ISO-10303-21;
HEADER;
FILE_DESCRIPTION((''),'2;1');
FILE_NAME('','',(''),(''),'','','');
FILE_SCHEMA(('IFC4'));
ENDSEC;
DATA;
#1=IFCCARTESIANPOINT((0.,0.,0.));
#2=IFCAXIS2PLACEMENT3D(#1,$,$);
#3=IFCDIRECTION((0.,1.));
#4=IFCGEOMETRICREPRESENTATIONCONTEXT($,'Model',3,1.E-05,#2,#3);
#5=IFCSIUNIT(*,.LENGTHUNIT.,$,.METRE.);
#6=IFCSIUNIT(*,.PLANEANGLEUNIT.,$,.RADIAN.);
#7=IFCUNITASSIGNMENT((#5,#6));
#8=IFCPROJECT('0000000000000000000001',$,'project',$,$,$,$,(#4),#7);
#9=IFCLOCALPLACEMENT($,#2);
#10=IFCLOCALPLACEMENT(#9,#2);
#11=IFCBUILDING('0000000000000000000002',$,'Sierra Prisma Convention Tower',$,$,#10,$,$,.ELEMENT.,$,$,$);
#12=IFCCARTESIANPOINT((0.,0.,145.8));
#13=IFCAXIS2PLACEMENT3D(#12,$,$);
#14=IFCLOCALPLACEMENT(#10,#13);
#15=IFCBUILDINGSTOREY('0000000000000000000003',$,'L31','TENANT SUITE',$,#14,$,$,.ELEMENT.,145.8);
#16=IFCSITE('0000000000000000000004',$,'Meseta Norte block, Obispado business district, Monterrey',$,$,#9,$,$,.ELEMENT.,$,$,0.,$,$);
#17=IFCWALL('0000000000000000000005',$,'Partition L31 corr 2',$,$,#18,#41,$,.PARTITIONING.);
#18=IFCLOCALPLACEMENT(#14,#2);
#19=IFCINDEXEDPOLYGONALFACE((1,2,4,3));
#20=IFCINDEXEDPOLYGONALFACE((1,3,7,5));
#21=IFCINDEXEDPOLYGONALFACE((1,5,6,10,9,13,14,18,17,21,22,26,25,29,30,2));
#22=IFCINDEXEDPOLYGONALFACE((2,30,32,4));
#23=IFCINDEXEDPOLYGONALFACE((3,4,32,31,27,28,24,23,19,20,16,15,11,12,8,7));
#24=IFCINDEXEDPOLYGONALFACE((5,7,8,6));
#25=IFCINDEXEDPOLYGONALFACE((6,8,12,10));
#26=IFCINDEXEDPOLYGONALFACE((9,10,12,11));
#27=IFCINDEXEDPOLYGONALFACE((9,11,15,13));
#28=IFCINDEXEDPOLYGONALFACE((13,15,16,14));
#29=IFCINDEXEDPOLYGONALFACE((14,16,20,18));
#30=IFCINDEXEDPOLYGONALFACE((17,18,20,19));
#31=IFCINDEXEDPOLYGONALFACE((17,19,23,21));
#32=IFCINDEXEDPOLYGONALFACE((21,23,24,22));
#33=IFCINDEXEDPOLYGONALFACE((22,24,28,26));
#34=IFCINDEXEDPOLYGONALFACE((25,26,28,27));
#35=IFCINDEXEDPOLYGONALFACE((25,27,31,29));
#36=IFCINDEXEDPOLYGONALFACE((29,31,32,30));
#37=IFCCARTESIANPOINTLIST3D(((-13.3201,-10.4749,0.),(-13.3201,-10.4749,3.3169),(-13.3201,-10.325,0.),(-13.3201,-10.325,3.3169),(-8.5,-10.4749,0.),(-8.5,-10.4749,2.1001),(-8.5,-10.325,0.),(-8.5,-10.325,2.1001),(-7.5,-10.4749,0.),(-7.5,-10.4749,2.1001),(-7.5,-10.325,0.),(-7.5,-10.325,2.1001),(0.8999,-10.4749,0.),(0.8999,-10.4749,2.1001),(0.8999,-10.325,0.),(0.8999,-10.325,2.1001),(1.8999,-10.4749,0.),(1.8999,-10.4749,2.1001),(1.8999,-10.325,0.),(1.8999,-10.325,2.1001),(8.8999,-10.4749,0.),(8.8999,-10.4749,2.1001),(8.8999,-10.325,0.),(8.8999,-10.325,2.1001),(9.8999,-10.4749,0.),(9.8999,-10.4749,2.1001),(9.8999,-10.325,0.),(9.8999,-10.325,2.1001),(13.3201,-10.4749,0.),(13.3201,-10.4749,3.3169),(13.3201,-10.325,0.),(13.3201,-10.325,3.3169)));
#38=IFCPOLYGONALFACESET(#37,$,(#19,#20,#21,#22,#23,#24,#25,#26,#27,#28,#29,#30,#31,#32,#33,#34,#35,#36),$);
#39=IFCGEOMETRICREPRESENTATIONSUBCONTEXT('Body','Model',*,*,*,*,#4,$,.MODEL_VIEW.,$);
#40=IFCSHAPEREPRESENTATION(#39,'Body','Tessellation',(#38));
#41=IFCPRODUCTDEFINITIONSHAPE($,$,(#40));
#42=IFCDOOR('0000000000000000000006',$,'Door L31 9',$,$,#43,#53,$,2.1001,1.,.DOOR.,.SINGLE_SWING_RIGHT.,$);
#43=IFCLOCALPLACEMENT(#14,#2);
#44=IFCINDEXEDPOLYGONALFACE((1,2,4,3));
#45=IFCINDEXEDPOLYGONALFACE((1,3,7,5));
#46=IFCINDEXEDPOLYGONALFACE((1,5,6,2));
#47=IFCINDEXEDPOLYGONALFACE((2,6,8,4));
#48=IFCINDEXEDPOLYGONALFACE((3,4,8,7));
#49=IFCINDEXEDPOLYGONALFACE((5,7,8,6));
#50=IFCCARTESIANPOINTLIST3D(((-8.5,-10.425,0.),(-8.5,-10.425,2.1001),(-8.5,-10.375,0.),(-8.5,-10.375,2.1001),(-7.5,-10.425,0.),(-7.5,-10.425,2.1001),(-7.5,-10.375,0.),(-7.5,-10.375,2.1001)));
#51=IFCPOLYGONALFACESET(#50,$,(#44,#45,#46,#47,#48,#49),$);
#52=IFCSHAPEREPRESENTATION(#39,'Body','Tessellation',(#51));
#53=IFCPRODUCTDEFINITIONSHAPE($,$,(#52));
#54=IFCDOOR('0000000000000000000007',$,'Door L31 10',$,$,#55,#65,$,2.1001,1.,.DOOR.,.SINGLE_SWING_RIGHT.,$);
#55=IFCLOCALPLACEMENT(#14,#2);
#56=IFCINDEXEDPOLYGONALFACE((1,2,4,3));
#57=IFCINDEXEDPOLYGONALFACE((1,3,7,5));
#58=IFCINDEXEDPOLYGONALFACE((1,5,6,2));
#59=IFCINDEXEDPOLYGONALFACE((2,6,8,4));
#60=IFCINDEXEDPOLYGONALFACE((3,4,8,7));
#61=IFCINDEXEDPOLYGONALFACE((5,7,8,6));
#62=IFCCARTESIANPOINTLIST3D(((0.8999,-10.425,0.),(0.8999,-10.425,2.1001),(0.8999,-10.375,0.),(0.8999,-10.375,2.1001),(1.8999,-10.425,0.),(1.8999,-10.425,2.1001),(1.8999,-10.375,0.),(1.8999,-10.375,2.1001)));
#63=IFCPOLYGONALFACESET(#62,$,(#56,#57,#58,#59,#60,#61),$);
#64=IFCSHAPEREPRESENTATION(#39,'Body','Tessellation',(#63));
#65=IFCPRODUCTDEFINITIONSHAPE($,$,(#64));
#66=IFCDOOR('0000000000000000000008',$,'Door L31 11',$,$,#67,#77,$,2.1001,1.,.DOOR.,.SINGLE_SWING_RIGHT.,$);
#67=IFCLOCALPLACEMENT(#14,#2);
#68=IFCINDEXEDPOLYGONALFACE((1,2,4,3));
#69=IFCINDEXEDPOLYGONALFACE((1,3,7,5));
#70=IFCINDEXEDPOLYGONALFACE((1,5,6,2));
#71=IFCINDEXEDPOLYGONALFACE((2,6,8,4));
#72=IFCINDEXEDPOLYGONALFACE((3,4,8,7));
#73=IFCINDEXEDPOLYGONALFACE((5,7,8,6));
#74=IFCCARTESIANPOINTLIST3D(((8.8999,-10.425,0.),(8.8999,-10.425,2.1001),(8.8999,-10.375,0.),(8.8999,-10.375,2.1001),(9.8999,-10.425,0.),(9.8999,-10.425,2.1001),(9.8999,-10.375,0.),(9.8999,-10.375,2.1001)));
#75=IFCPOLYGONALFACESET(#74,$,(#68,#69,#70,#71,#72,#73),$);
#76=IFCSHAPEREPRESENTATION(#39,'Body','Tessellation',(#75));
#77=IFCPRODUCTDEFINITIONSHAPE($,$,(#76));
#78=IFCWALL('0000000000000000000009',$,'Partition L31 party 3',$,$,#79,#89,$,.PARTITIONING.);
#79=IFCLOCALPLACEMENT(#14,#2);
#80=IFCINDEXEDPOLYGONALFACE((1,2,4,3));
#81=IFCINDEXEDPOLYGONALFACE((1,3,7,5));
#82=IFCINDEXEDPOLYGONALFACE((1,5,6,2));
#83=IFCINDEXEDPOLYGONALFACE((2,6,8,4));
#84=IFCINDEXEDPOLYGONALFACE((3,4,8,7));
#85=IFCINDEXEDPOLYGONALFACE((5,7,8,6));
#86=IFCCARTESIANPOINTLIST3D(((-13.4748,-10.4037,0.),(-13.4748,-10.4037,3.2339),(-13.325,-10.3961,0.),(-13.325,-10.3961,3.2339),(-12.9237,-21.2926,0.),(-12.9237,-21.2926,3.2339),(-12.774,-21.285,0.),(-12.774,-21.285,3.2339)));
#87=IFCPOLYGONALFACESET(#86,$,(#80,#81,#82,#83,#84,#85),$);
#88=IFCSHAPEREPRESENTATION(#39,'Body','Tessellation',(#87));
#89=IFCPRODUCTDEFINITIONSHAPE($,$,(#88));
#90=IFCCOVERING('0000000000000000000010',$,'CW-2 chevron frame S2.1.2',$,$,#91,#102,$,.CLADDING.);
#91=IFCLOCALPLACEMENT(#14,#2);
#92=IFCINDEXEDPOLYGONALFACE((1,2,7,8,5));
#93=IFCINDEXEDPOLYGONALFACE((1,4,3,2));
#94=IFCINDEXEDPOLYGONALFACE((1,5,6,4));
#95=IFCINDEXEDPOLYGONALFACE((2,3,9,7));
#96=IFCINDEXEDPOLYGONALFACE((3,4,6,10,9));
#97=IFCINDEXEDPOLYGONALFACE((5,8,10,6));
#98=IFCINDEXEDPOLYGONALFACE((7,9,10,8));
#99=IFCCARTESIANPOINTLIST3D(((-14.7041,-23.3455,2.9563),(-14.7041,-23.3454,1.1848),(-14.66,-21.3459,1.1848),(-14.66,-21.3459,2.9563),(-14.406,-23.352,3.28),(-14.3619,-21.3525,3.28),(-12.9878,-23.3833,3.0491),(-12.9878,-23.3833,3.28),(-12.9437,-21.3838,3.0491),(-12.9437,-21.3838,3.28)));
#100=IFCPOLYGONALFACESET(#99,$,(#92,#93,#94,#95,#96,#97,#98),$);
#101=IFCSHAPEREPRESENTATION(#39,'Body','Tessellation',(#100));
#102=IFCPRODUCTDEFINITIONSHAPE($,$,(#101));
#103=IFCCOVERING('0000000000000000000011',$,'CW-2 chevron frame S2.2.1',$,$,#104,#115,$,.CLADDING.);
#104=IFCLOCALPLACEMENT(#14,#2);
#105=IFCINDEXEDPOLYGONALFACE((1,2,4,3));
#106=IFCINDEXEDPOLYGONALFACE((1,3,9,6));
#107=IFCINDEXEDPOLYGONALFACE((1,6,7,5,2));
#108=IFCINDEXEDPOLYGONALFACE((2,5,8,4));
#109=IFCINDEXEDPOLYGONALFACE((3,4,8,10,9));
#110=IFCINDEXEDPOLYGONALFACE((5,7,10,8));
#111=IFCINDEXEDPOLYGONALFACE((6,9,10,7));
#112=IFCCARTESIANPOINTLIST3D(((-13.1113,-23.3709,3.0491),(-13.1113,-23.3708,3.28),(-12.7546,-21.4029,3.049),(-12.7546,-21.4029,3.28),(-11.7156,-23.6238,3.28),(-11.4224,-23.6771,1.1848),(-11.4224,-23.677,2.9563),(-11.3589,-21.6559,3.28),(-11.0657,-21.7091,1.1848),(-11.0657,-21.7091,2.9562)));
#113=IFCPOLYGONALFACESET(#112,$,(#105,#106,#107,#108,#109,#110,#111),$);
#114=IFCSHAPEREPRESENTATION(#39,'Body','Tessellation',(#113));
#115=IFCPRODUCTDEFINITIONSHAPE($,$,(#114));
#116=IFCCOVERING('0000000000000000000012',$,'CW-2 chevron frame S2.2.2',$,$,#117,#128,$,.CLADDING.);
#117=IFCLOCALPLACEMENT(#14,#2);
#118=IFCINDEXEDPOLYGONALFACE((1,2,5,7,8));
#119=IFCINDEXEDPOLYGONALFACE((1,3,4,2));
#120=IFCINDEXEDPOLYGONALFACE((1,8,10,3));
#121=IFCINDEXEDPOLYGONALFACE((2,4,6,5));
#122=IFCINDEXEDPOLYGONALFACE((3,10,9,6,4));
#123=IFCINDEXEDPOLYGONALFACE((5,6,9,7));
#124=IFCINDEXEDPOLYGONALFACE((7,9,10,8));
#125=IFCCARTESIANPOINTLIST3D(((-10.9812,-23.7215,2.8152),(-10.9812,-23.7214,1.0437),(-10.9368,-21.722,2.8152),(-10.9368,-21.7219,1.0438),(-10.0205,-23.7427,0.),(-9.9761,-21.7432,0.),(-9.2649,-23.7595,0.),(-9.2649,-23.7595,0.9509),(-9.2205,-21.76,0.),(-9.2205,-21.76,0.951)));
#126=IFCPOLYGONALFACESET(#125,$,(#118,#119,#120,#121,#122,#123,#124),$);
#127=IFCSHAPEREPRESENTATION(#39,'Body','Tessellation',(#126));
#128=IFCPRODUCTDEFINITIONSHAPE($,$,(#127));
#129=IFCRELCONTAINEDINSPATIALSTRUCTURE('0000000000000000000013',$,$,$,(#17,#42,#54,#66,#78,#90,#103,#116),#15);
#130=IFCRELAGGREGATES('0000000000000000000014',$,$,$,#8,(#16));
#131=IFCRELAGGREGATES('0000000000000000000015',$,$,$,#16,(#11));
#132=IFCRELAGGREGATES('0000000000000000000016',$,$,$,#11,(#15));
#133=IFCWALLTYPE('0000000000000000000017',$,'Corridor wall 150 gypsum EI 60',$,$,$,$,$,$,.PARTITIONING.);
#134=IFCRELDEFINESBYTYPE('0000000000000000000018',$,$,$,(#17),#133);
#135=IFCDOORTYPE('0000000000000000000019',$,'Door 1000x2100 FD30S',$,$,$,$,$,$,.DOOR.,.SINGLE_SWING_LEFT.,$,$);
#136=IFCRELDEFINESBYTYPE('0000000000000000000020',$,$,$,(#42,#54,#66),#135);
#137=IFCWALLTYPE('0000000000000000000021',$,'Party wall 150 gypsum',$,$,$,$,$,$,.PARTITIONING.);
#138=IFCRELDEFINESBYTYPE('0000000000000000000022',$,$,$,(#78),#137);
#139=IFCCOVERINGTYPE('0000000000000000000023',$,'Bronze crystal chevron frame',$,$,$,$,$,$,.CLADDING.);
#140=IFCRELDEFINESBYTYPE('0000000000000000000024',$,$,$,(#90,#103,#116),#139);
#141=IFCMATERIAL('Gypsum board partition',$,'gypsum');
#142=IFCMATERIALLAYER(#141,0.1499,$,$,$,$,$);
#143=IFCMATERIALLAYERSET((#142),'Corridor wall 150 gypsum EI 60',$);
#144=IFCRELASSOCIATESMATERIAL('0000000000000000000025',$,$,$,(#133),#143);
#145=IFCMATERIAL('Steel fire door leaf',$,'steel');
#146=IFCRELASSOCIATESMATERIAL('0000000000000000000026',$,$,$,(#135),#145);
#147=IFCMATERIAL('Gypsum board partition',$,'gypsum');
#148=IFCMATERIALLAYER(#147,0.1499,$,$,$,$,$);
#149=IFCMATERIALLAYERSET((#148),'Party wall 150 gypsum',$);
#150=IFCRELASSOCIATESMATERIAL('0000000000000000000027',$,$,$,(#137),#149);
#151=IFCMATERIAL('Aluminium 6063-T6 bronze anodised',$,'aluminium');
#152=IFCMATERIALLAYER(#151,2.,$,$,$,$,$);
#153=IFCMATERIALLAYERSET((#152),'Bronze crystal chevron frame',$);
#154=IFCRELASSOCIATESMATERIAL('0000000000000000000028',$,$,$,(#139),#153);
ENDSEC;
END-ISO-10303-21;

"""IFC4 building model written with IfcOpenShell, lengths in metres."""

from ifc_helpers import new_model, si_unit, direction, frame, frame_2d, origin, place, context, subcontext, project, spatial, polyline, rectangle, outline, extrude, material, layer, layer_set, type_object, element, fill, save


model = new_model("IFC4")

# Units and contexts
model_context = context("Model", 3, precision=1e-05, world=origin(), true_north=direction((0.0, 1.0)))
body_context = subcontext(model_context, "Body", "Model", "MODEL_VIEW")
ifc_project = project(units=[si_unit("LENGTHUNIT", "METRE"), si_unit("PLANEANGLEUNIT", "RADIAN")], contexts=[model_context])

# Site, building, storey
site_placement = place(None, origin())
site = spatial("IfcSite", under=ifc_project, at=site_placement, Name="Meseta Norte block, Obispado business district, Monterrey", CompositionType="ELEMENT", RefElevation=0.0)
building_placement = place(site_placement, origin())
building = spatial("IfcBuilding", under=site, at=building_placement, Name="Sierra Prisma Convention Tower", CompositionType="ELEMENT")
storey_placement = place(building_placement, frame((0.0, 0.0, 145.8)))
storey = spatial("IfcBuildingStorey", under=building, at=storey_placement, Name="L31", Description="TENANT SUITE", CompositionType="ELEMENT", Elevation=145.8)

# Wall, openings, doors
ifc_material_1 = material(Name="Gypsum board partition", Category="gypsum")
ifc_layer_1 = layer(ifc_material_1, 0.1499)
ifc_layer_set_1 = layer_set([ifc_layer_1], Name="Corridor wall 150 gypsum EI 60")
wall_type_1 = type_object("IfcWallType", Name="Corridor wall 150 gypsum EI 60", PredefinedType="PARTITIONING", material=ifc_layer_set_1)
wall_1_placement = place(storey_placement, frame((-13.3201, -10.3999, 0.0), z_axis=(0.0, 0.0, 1.0), x_axis=(1.0, 0.0, 0.0)))
wall_1 = element("IfcWall", 1, at=wall_1_placement, inside=storey, type_object=wall_type_1, Name="Partition L31 corr 2", PredefinedType="PARTITIONING", context=body_context, shape_type="SweptSolid", body=[
    extrude(rectangle(XDim=26.6401, YDim=0.1499, at=frame_2d((13.3201, 0.0))), origin(), (0.0, 0.0, 1.0), 3.3169),
])
opening_1_placement = place(wall_1_placement, frame((4.8201, 0.0, 0.0)))
opening_1 = element("IfcOpeningElement", 2, at=opening_1_placement, cuts=wall_1, PredefinedType="OPENING", context=body_context, shape_type="SweptSolid", body=[
    extrude(rectangle(XDim=1.0, YDim=2.1001, at=frame_2d((0.5, 1.05))), frame((0.0, 0.075, 0.0), z_axis=(0.0, -1.0, 0.0), x_axis=(1.0, 0.0, 0.0)), (0.0, 0.0, 1.0), 0.1499),
])
opening_2_placement = place(wall_1_placement, frame((14.22, 0.0, 0.0)))
opening_2 = element("IfcOpeningElement", 3, at=opening_2_placement, cuts=wall_1, PredefinedType="OPENING", context=body_context, shape_type="SweptSolid", body=[
    extrude(rectangle(XDim=1.0, YDim=2.1001, at=frame_2d((0.5, 1.05))), frame((0.0, 0.075, 0.0), z_axis=(0.0, -1.0, 0.0), x_axis=(1.0, 0.0, 0.0)), (0.0, 0.0, 1.0), 0.1499),
])
opening_3_placement = place(wall_1_placement, frame((22.22, 0.0, 0.0)))
opening_3 = element("IfcOpeningElement", 4, at=opening_3_placement, cuts=wall_1, PredefinedType="OPENING", context=body_context, shape_type="SweptSolid", body=[
    extrude(rectangle(XDim=1.0, YDim=2.1001, at=frame_2d((0.5, 1.05))), frame((0.0, 0.075, 0.0), z_axis=(0.0, -1.0, 0.0), x_axis=(1.0, 0.0, 0.0)), (0.0, 0.0, 1.0), 0.1499),
])
ifc_material_2 = material(Name="Steel fire door leaf", Category="steel")
door_type = type_object("IfcDoorType", Name="Door 1000x2100 FD30S", OperationType="SINGLE_SWING_LEFT", PredefinedType="DOOR", material=ifc_material_2)
door_1_placement = place(opening_1_placement, origin())
door_1 = element("IfcDoor", 5, at=door_1_placement, inside=storey, type_object=door_type, Name="Door L31 9", OperationType="SINGLE_SWING_RIGHT", OverallHeight=2.1001, OverallWidth=1.0, PredefinedType="DOOR", context=body_context, shape_type="SweptSolid", body=[
    extrude(rectangle(XDim=1.0, YDim=2.1001, at=frame_2d((0.5, 1.05))), frame((0.0, 0.0249, 0.0), z_axis=(0.0, -1.0, 0.0), x_axis=(1.0, 0.0, 0.0)), (0.0, 0.0, 1.0), 0.05),
])
fill(opening_1, door_1)
door_2_placement = place(opening_2_placement, origin())
door_2 = element("IfcDoor", 6, at=door_2_placement, inside=storey, type_object=door_type, Name="Door L31 10", OperationType="SINGLE_SWING_RIGHT", OverallHeight=2.1001, OverallWidth=1.0, PredefinedType="DOOR", context=body_context, shape_type="SweptSolid", body=[
    extrude(rectangle(XDim=1.0, YDim=2.1001, at=frame_2d((0.5, 1.05))), frame((0.0, 0.0249, 0.0), z_axis=(0.0, -1.0, 0.0), x_axis=(1.0, 0.0, 0.0)), (0.0, 0.0, 1.0), 0.05),
])
fill(opening_2, door_2)
door_3_placement = place(opening_3_placement, origin())
door_3 = element("IfcDoor", 7, at=door_3_placement, inside=storey, type_object=door_type, Name="Door L31 11", OperationType="SINGLE_SWING_RIGHT", OverallHeight=2.1001, OverallWidth=1.0, PredefinedType="DOOR", context=body_context, shape_type="SweptSolid", body=[
    extrude(rectangle(XDim=1.0, YDim=2.1001, at=frame_2d((0.5, 1.05))), frame((0.0, 0.0249, 0.0), z_axis=(0.0, -1.0, 0.0), x_axis=(1.0, 0.0, 0.0)), (0.0, 0.0, 1.0), 0.05),
])
fill(opening_3, door_3)

# Wall
ifc_material_3 = material(Name="Gypsum board partition", Category="gypsum")
ifc_layer_2 = layer(ifc_material_3, 0.1499)
ifc_layer_set_2 = layer_set([ifc_layer_2], Name="Party wall 150 gypsum")
wall_type_2 = type_object("IfcWallType", Name="Party wall 150 gypsum", PredefinedType="PARTITIONING", material=ifc_layer_set_2)
wall_2_placement = place(storey_placement, frame((-13.3999, -10.3999, 0.0), z_axis=(0.0, 0.0, 1.0), x_axis=(0.05054, -0.998722, 0.0)))
element("IfcWall", 8, at=wall_2_placement, inside=storey, type_object=wall_type_2, Name="Partition L31 party 3", PredefinedType="PARTITIONING", context=body_context, shape_type="SweptSolid", body=[
    extrude(rectangle(XDim=10.9028, YDim=0.1499, at=frame_2d((5.4514, 0.0))), origin(), (0.0, 0.0, 1.0), 3.2339),
])

# Coverings
ifc_material_4 = material(Name="Aluminium 6063-T6 bronze anodised", Category="aluminium")
ifc_layer_3 = layer(ifc_material_4, 2.0)
ifc_layer_set_3 = layer_set([ifc_layer_3], Name="Bronze crystal chevron frame")
covering_type = type_object("IfcCoveringType", Name="Bronze crystal chevron frame", PredefinedType="CLADDING", material=ifc_layer_set_3)
covering_1_placement = place(storey_placement, frame((-14.7041, -23.3455, 2.9563), z_axis=(-0.022041, -0.999757, -0.000008), x_axis=(0.0, 0.000008, -1.0)))
element("IfcCovering", 9, at=covering_1_placement, inside=storey, type_object=covering_type, Name="CW-2 chevron frame S2.1.2", PredefinedType="CLADDING", context=body_context, shape_type="SweptSolid", body=[
    extrude(outline(polyline([(0.0, 0.0), (1.7715, 0.0), (-0.0928, 1.7167), (-0.3237, 1.7167), (-0.3237, 0.2982), (0.0, 0.0)])), origin(), (0.0, 0.0, -1.0), 2.0),
])
covering_2_placement = place(storey_placement, frame((-13.1113, -23.3708, 3.28), z_axis=(-0.178354, -0.983966, 0.000032), x_axis=(-0.000006, -0.000031, -1.0)))
element("IfcCovering", 10, at=covering_2_placement, inside=storey, type_object=covering_type, Name="CW-2 chevron frame S2.2.1", PredefinedType="CLADDING", context=body_context, shape_type="SweptSolid", body=[
    extrude(outline(polyline([(0.0, 0.0), (0.231, 0.0), (2.0952, 1.7165), (0.3237, 1.7165), (0.0, 1.4185), (0.0, 0.0)])), origin(), (0.0, 0.0, -1.0), 2.0),
])
covering_3_placement = place(storey_placement, frame((-9.2649, -23.7595, 0.0), z_axis=(-0.0222, -0.999754, -0.000025), x_axis=(-0.000001, -0.000025, 1.0)))
element("IfcCovering", 11, at=covering_3_placement, inside=storey, type_object=covering_type, Name="CW-2 chevron frame S2.2.2", PredefinedType="CLADDING", context=body_context, shape_type="SweptSolid", body=[
    extrude(outline(polyline([(0.0, 0.0), (0.9509, 0.0), (2.8152, 1.7167), (1.0437, 1.7167), (0.0, 0.7558), (0.0, 0.0)])), origin(), (0.0, 0.0, -1.0), 2.0),
])

save(model, "model.ifc")
